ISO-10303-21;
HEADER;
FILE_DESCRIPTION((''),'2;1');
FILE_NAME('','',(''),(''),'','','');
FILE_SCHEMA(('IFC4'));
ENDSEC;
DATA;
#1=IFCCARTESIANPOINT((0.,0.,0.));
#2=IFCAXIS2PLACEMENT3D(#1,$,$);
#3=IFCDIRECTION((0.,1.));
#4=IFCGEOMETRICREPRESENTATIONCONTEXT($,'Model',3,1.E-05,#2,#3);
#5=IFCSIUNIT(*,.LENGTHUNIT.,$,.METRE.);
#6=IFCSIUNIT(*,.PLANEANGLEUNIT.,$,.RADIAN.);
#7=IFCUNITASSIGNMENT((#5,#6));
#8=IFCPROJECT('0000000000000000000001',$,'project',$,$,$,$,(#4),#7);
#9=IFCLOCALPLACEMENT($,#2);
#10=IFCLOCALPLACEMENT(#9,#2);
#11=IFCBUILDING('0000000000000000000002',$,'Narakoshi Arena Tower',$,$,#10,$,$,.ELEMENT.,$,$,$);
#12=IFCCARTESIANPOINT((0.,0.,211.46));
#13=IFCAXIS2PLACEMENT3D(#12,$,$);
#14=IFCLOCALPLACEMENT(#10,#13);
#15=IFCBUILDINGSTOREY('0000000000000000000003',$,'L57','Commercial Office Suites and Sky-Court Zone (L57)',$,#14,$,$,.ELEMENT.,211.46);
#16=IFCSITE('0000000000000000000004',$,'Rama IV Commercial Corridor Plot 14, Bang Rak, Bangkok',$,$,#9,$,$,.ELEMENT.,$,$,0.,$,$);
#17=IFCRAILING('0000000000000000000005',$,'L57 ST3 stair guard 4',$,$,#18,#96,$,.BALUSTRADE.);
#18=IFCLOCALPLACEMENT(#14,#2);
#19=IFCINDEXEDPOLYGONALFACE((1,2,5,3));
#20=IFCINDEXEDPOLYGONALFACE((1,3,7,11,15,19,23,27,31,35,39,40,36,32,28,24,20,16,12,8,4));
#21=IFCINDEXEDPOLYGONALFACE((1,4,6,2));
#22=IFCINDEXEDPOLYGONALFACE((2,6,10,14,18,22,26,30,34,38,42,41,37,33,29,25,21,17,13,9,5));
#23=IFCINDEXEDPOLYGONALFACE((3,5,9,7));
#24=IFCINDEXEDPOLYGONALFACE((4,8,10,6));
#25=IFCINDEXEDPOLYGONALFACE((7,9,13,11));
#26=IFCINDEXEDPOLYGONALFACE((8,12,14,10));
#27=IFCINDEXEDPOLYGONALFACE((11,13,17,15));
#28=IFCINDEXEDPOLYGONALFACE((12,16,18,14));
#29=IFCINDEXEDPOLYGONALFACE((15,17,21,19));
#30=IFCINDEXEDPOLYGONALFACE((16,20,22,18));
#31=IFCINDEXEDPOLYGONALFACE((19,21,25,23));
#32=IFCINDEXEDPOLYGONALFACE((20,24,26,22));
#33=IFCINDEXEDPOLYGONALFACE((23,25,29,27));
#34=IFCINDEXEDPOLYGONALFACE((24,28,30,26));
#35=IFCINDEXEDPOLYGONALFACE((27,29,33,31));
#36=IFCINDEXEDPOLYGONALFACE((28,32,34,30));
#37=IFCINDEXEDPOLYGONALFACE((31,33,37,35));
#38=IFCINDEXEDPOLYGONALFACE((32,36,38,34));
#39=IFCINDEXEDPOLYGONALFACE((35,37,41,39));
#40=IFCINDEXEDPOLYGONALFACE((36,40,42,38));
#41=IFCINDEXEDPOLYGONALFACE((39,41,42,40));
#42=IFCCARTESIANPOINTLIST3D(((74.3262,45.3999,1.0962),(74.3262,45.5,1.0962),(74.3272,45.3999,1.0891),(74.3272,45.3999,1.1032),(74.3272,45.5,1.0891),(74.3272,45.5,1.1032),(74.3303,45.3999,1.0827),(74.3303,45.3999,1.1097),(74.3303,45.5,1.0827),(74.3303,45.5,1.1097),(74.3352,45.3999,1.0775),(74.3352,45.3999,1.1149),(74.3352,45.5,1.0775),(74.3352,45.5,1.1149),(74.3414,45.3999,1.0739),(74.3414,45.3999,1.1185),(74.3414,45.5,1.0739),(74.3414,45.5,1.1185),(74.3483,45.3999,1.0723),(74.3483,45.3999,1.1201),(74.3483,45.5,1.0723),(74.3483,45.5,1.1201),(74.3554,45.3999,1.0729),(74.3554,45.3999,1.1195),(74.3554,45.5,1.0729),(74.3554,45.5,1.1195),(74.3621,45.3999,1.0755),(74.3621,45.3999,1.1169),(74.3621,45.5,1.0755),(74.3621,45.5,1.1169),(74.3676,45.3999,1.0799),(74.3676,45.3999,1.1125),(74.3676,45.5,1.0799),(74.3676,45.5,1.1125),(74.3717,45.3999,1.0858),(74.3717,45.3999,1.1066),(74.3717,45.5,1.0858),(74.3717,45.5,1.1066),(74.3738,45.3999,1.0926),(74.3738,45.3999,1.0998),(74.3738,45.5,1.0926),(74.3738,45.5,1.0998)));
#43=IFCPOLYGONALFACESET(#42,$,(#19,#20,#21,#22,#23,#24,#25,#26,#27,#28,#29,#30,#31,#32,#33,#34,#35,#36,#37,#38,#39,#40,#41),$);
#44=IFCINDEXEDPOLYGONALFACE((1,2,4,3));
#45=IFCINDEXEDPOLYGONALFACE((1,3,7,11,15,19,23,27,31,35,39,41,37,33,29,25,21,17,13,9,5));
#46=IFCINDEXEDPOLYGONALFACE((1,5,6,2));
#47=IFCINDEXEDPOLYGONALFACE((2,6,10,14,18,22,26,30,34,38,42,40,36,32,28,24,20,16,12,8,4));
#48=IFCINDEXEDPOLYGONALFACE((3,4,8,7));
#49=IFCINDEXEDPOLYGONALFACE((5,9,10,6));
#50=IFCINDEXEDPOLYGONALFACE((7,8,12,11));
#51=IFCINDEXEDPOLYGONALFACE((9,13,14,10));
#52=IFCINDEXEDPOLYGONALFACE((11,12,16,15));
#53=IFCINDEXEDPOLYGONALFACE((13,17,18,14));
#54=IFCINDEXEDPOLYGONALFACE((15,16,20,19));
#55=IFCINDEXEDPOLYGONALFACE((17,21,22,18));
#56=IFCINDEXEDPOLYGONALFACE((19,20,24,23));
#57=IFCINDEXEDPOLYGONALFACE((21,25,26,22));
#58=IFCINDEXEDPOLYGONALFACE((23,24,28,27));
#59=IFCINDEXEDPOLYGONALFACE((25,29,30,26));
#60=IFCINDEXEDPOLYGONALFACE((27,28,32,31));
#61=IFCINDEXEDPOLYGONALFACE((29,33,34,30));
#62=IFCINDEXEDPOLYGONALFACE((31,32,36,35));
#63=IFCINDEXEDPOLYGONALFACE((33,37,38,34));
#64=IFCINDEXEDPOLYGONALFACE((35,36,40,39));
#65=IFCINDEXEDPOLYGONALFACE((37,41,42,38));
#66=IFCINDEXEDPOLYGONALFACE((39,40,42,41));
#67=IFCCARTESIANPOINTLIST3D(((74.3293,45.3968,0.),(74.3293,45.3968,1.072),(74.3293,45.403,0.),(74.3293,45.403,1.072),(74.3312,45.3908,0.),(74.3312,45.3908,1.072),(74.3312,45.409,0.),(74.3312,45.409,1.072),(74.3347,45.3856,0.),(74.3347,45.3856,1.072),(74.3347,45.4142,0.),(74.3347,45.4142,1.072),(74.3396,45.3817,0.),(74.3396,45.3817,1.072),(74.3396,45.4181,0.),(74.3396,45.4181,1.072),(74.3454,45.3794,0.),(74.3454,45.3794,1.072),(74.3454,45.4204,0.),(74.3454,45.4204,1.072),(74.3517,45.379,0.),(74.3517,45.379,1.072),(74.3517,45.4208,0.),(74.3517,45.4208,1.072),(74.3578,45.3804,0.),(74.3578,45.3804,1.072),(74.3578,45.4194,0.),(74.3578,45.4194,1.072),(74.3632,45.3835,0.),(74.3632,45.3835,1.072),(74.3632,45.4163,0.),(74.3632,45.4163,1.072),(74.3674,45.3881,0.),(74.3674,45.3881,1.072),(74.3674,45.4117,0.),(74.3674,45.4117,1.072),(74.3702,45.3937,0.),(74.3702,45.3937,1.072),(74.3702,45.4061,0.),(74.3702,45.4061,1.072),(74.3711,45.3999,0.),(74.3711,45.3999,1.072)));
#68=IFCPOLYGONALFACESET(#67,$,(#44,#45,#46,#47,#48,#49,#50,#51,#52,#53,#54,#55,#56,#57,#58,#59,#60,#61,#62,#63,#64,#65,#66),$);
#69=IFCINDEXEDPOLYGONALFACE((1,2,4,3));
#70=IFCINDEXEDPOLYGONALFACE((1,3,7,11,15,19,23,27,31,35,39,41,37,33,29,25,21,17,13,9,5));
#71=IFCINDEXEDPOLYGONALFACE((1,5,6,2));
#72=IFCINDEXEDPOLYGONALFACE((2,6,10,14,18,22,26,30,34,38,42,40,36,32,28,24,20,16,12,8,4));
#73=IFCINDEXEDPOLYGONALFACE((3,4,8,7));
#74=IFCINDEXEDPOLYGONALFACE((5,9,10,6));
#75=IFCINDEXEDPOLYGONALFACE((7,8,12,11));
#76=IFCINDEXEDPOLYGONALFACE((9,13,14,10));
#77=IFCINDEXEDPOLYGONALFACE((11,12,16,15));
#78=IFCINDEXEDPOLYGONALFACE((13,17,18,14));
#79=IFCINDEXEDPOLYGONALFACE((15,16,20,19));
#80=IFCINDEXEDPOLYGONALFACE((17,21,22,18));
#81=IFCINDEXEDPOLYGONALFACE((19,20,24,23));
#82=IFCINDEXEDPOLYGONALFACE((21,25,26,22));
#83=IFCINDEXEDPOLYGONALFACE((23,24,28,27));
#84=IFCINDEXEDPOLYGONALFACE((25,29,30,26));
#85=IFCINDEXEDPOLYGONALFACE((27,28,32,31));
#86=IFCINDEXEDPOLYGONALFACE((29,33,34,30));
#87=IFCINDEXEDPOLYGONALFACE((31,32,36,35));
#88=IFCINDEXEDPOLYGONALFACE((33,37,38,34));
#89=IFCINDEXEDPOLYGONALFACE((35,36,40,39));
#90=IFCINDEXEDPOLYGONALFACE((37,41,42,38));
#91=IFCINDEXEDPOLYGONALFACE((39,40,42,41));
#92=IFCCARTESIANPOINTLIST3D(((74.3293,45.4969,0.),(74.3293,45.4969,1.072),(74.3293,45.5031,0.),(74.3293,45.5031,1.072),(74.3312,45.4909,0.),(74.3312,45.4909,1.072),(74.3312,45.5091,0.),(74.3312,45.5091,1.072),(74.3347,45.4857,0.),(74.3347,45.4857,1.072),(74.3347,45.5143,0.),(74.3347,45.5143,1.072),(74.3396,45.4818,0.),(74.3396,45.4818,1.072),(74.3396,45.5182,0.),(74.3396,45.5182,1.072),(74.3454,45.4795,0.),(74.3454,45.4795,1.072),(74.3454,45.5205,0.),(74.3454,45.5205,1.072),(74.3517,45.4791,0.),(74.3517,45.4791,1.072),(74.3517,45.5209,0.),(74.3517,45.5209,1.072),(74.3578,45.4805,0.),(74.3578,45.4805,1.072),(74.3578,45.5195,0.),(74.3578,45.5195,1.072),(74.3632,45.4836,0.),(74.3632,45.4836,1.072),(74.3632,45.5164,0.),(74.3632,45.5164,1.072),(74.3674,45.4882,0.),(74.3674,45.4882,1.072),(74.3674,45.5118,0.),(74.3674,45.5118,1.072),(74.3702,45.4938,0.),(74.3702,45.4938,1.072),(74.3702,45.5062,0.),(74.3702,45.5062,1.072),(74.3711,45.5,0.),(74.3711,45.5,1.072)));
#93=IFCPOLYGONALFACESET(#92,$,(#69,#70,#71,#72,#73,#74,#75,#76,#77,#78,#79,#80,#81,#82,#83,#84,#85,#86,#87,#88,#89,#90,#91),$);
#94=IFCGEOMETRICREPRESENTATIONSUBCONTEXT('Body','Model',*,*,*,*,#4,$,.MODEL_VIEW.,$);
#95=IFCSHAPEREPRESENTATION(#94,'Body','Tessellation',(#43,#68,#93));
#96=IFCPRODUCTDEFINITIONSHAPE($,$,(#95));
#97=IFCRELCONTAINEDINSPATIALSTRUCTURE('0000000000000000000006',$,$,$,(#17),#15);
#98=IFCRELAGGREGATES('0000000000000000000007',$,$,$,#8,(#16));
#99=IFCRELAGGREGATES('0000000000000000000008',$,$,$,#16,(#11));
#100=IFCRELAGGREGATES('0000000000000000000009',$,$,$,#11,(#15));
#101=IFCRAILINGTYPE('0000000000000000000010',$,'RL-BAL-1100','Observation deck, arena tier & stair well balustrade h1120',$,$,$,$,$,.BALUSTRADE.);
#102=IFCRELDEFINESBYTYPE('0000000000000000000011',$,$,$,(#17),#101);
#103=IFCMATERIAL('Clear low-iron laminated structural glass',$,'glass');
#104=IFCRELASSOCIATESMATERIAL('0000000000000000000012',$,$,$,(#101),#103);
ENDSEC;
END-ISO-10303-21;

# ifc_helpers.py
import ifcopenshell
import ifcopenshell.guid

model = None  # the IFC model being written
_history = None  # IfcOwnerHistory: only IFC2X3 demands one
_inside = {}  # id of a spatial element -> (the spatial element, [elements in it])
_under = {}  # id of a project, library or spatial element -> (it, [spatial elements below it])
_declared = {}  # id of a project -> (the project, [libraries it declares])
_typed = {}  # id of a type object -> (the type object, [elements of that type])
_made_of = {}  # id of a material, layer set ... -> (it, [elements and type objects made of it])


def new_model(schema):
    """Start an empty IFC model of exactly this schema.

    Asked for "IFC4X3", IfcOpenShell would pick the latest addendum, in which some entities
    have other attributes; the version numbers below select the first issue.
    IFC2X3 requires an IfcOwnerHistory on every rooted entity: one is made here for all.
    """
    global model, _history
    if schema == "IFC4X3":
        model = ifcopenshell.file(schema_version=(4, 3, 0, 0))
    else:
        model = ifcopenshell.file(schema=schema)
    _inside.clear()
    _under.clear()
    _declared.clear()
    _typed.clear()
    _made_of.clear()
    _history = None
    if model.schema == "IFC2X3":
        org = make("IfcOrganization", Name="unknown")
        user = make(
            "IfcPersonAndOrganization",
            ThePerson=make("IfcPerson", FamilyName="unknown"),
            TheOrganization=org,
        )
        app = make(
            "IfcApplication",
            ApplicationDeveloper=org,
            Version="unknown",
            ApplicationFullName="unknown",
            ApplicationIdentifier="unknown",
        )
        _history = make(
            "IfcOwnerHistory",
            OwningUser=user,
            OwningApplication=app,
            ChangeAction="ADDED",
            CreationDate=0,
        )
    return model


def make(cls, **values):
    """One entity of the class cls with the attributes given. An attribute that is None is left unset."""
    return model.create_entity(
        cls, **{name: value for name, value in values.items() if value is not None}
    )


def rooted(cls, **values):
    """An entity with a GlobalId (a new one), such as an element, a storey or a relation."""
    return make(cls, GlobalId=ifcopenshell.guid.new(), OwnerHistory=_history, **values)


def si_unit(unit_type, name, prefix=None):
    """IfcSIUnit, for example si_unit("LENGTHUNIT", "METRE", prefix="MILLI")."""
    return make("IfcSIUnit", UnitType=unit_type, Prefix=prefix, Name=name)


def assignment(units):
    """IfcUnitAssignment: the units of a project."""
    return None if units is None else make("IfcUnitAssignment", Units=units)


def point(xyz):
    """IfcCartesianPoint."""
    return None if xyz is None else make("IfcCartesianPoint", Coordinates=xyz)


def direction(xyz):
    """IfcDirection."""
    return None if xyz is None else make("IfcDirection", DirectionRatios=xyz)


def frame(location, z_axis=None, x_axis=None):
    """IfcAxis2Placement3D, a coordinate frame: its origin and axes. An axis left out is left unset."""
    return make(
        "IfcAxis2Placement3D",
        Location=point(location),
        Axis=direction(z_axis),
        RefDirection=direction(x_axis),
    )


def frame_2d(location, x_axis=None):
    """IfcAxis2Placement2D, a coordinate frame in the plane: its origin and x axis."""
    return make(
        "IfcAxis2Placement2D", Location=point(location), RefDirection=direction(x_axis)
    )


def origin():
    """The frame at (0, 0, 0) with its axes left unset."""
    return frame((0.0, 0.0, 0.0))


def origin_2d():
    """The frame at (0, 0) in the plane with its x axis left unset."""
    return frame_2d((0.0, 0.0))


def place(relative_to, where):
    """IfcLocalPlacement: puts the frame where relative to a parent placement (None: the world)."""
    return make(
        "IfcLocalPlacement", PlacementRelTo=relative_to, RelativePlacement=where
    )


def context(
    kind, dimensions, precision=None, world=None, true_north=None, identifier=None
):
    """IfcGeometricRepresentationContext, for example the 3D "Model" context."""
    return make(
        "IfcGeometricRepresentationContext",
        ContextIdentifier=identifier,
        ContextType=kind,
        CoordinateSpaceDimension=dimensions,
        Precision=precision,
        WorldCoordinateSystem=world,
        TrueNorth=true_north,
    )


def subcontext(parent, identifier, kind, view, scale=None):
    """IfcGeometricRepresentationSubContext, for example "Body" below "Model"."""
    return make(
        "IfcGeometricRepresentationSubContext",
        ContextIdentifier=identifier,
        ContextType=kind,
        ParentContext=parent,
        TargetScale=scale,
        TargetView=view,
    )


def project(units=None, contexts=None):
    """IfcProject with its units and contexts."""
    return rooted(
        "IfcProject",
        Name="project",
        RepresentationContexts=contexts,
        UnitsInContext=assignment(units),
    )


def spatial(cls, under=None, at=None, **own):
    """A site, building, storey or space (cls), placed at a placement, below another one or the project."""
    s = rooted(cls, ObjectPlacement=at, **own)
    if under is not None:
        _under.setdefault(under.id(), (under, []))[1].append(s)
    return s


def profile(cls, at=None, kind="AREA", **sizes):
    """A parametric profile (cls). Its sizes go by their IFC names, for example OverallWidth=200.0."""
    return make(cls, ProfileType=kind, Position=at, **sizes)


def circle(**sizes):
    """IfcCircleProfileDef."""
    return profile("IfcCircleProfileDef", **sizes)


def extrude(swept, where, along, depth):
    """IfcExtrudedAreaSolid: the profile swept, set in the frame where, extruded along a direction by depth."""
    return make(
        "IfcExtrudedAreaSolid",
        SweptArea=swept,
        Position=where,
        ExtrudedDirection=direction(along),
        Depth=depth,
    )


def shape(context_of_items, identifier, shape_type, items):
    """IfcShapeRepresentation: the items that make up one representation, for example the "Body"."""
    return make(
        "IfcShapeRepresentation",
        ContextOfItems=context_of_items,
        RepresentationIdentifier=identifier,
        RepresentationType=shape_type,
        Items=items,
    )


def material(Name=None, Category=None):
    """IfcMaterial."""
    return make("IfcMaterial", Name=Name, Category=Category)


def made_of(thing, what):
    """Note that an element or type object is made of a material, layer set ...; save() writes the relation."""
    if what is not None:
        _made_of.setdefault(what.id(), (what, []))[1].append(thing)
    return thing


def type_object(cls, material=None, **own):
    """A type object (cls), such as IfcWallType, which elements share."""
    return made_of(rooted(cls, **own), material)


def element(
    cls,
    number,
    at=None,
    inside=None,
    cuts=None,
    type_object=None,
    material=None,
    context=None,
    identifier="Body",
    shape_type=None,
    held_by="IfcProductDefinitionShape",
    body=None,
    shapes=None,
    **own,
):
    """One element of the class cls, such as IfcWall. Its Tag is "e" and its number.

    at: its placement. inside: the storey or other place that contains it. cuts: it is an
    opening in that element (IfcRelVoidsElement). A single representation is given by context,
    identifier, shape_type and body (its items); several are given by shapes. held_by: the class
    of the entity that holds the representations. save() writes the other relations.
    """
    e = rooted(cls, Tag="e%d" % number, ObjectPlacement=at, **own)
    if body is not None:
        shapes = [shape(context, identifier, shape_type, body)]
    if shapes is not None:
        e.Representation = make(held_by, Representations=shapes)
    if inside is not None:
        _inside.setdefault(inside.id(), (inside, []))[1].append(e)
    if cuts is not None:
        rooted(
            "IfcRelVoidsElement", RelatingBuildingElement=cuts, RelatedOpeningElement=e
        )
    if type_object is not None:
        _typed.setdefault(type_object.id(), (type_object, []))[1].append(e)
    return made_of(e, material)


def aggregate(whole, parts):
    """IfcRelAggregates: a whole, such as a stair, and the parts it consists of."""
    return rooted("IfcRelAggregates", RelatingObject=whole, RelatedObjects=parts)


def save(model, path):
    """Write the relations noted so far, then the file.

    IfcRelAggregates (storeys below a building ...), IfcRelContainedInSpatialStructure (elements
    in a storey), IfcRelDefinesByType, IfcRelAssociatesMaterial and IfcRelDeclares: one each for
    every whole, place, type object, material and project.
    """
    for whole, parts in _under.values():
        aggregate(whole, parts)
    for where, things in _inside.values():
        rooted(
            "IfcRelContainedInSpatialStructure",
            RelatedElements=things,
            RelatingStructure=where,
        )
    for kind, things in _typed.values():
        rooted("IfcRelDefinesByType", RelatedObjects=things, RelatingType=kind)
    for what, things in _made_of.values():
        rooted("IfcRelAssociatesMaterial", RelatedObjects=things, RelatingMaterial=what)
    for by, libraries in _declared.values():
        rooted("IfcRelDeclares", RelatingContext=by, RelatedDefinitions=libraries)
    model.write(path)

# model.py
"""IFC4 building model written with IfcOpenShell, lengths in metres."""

from ifc_helpers import new_model, si_unit, direction, frame, origin, origin_2d, place, context, subcontext, project, spatial, circle, extrude, material, type_object, element, save


model = new_model("IFC4")

# Units and contexts
model_context = context("Model", 3, precision=1e-05, world=origin(), true_north=direction((0.0, 1.0)))
body_context = subcontext(model_context, "Body", "Model", "MODEL_VIEW")
ifc_project = project(units=[si_unit("LENGTHUNIT", "METRE"), si_unit("PLANEANGLEUNIT", "RADIAN")], contexts=[model_context])

# Site, building, storey
site_placement = place(None, origin())
site = spatial("IfcSite", under=ifc_project, at=site_placement, Name="Rama IV Commercial Corridor Plot 14, Bang Rak, Bangkok", CompositionType="ELEMENT", RefElevation=0.0)
building_placement = place(site_placement, origin())
building = spatial("IfcBuilding", under=site, at=building_placement, Name="Narakoshi Arena Tower", CompositionType="ELEMENT")
storey_placement = place(building_placement, frame((0.0, 0.0, 211.46)))
storey = spatial("IfcBuildingStorey", under=building, at=storey_placement, Name="L57", Description="Commercial Office Suites and Sky-Court Zone (L57)", CompositionType="ELEMENT", Elevation=211.46)

# Railing
ifc_material_1 = material(Name="Clear low-iron laminated structural glass", Category="glass")
railing_type_1 = type_object("IfcRailingType", Name="RL-BAL-1100", Description="Observation deck, arena tier & stair well balustrade h1120", PredefinedType="BALUSTRADE", material=ifc_material_1)
for number, where, name in (
    (1, (74.3501, 45.3999, 0.0), "L57 ST3 stair guard 4"),
):
    element("IfcRailing", number, at=place(storey_placement, frame(where)), inside=storey, type_object=railing_type_1, Name=name, PredefinedType="BALUSTRADE", context=body_context, shape_type="SweptSolid", body=[
        extrude(circle(Radius=0.0239, at=origin_2d()), frame((0.0, 0.0, 1.0962), z_axis=(0.0, 1.0, 0.0), x_axis=(-1.0, 0.0, 0.0)), (0.0, 0.0, 1.0), 0.1001),
        extrude(circle(Radius=0.021, at=origin_2d()), origin(), (0.0, 0.0, 1.0), 1.072),
        extrude(circle(Radius=0.021, at=origin_2d()), frame((0.0, 0.1001, 0.0)), (0.0, 0.0, 1.0), 1.072),
    ])

save(model, "model.ifc")
